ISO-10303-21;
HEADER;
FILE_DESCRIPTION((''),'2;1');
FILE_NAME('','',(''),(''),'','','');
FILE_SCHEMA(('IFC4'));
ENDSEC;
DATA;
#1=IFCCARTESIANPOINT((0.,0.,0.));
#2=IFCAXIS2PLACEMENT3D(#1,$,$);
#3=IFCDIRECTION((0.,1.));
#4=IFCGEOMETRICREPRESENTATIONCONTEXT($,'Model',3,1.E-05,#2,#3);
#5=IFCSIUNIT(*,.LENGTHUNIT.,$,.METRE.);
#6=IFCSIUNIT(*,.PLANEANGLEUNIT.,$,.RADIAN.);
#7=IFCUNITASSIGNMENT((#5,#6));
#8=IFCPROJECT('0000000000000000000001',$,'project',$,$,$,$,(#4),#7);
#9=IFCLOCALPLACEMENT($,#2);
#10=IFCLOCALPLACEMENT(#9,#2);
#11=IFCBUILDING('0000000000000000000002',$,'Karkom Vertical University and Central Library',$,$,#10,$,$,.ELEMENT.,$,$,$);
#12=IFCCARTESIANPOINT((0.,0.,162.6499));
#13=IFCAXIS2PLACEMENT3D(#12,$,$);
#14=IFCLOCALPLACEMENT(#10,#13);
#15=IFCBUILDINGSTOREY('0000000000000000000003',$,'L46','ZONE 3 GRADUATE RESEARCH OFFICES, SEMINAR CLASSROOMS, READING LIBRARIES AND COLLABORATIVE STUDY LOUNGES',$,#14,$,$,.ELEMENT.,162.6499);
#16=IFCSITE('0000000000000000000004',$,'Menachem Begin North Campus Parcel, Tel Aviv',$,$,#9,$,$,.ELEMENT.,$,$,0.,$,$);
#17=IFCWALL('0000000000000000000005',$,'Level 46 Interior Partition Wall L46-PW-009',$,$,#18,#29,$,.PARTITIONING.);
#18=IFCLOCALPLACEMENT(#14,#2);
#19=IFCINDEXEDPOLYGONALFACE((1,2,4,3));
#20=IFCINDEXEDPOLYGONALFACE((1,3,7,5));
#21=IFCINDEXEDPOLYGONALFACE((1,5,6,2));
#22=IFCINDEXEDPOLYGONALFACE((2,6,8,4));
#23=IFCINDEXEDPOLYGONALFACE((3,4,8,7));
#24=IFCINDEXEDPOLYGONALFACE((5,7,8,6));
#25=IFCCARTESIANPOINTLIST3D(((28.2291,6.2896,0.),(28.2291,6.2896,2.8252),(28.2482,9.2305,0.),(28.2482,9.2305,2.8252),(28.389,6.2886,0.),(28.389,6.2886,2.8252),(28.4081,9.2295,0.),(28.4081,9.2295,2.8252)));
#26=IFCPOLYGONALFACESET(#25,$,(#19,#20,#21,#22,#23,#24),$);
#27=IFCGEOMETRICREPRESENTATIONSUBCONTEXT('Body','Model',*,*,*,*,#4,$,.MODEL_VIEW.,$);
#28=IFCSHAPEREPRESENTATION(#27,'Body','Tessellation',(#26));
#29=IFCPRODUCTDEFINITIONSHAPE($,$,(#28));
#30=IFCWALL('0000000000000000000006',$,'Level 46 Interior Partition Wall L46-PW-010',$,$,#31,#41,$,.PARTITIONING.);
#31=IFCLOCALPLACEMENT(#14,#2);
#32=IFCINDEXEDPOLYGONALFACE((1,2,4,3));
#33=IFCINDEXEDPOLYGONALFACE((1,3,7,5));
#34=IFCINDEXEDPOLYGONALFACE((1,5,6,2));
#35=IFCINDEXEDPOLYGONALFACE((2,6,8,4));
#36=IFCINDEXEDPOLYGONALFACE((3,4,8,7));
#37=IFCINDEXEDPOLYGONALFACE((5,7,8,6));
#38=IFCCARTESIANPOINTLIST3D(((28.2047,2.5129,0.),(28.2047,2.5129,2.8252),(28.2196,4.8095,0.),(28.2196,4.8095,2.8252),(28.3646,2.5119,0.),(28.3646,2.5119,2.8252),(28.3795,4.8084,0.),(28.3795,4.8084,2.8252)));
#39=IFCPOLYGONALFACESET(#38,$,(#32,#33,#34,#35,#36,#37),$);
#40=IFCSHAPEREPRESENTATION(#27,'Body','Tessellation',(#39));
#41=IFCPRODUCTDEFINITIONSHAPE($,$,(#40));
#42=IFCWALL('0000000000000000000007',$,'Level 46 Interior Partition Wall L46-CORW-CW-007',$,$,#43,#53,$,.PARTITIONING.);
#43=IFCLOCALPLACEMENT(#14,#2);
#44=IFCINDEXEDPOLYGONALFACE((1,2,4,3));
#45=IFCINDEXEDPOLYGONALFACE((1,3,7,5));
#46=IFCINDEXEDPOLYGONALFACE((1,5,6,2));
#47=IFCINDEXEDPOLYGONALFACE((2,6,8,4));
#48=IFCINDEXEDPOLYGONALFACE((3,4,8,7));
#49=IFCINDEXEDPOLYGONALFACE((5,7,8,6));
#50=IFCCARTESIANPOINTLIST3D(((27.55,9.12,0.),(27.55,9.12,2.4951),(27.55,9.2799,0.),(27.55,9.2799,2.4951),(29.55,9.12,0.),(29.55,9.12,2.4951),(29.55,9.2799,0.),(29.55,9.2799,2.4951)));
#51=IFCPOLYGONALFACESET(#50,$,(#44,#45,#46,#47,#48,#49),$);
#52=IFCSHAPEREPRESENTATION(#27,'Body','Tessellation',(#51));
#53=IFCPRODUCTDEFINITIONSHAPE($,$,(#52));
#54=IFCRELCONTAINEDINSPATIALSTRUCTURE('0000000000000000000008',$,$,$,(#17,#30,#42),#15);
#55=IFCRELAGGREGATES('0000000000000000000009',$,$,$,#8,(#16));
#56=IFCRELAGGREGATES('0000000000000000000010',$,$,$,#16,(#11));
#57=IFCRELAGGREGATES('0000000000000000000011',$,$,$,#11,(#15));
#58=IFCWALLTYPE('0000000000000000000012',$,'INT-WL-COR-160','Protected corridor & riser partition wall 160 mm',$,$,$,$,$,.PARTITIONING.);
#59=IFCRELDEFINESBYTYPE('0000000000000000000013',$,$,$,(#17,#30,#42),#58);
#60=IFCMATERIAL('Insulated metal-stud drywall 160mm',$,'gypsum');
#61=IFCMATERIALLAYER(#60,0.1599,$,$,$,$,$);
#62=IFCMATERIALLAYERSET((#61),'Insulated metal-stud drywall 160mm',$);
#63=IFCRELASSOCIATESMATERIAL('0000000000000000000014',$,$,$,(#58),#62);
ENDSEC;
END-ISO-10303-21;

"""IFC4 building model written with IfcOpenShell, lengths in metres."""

from ifc_helpers import new_model, si_unit, direction, frame, frame_2d, origin, place, context, subcontext, project, spatial, rectangle, extrude, material, layer, layer_set, type_object, element, save


model = new_model("IFC4")

# Units and contexts
model_context = context("Model", 3, precision=1e-05, world=origin(), true_north=direction((0.0, 1.0)))
body_context = subcontext(model_context, "Body", "Model", "MODEL_VIEW")
ifc_project = project(units=[si_unit("LENGTHUNIT", "METRE"), si_unit("PLANEANGLEUNIT", "RADIAN")], contexts=[model_context])

# Site, building, storey
site_placement = place(None, origin())
site = spatial("IfcSite", under=ifc_project, at=site_placement, Name="Menachem Begin North Campus Parcel, Tel Aviv", CompositionType="ELEMENT", RefElevation=0.0)
building_placement = place(site_placement, origin())
building = spatial("IfcBuilding", under=site, at=building_placement, Name="Karkom Vertical University and Central Library", CompositionType="ELEMENT")
storey_placement = place(building_placement, frame((0.0, 0.0, 162.6499)))
storey = spatial("IfcBuildingStorey", under=building, at=storey_placement, Name="L46", Description="ZONE 3 GRADUATE RESEARCH OFFICES, SEMINAR CLASSROOMS, READING LIBRARIES AND COLLABORATIVE STUDY LOUNGES", CompositionType="ELEMENT", Elevation=162.6499)

# Shared definitions
ifc_material_1 = material(Name="Insulated metal-stud drywall 160mm", Category="gypsum")
ifc_layer_1 = layer(ifc_material_1, 0.1599)
ifc_layer_set_1 = layer_set([ifc_layer_1], Name="Insulated metal-stud drywall 160mm")
wall_type_1 = type_object("IfcWallType", Name="INT-WL-COR-160", Description="Protected corridor & riser partition wall 160 mm", PredefinedType="PARTITIONING", material=ifc_layer_set_1)

# Walls
wall_1_placement = place(storey_placement, frame((28.3281, 9.23, 0.0), z_axis=(0.0, 0.0, 1.0), x_axis=(-0.006475, -0.999979, 0.0)))
element("IfcWall", 1, at=wall_1_placement, inside=storey, type_object=wall_type_1, Name="Level 46 Interior Partition Wall L46-PW-009", PredefinedType="PARTITIONING", context=body_context, shape_type="SweptSolid", body=[
    extrude(rectangle(XDim=2.9409, YDim=0.1599, at=frame_2d((1.4705, 0.0))), origin(), (0.0, 0.0, 1.0), 2.8252),
])
wall_2_placement = place(storey_placement, frame((28.2996, 4.8091, 0.0), z_axis=(0.0, 0.0, 1.0), x_axis=(-0.006484, -0.999979, 0.0)))
element("IfcWall", 2, at=wall_2_placement, inside=storey, type_object=wall_type_1, Name="Level 46 Interior Partition Wall L46-PW-010", PredefinedType="PARTITIONING", context=body_context, shape_type="SweptSolid", body=[
    extrude(rectangle(XDim=2.2966, YDim=0.1599, at=frame_2d((1.1484, 0.0))), origin(), (0.0, 0.0, 1.0), 2.8252),
])
wall_3_placement = place(storey_placement, frame((29.55, 9.2, 0.0), z_axis=(0.0, 0.0, 1.0), x_axis=(-1.0, 0.0, 0.0)))
element("IfcWall", 3, at=wall_3_placement, inside=storey, type_object=wall_type_1, Name="Level 46 Interior Partition Wall L46-CORW-CW-007", PredefinedType="PARTITIONING", context=body_context, shape_type="SweptSolid", body=[
    extrude(rectangle(XDim=2.0, YDim=0.1599, at=frame_2d((1.0, 0.0))), origin(), (0.0, 0.0, 1.0), 2.4951),
])

save(model, "model.ifc")
